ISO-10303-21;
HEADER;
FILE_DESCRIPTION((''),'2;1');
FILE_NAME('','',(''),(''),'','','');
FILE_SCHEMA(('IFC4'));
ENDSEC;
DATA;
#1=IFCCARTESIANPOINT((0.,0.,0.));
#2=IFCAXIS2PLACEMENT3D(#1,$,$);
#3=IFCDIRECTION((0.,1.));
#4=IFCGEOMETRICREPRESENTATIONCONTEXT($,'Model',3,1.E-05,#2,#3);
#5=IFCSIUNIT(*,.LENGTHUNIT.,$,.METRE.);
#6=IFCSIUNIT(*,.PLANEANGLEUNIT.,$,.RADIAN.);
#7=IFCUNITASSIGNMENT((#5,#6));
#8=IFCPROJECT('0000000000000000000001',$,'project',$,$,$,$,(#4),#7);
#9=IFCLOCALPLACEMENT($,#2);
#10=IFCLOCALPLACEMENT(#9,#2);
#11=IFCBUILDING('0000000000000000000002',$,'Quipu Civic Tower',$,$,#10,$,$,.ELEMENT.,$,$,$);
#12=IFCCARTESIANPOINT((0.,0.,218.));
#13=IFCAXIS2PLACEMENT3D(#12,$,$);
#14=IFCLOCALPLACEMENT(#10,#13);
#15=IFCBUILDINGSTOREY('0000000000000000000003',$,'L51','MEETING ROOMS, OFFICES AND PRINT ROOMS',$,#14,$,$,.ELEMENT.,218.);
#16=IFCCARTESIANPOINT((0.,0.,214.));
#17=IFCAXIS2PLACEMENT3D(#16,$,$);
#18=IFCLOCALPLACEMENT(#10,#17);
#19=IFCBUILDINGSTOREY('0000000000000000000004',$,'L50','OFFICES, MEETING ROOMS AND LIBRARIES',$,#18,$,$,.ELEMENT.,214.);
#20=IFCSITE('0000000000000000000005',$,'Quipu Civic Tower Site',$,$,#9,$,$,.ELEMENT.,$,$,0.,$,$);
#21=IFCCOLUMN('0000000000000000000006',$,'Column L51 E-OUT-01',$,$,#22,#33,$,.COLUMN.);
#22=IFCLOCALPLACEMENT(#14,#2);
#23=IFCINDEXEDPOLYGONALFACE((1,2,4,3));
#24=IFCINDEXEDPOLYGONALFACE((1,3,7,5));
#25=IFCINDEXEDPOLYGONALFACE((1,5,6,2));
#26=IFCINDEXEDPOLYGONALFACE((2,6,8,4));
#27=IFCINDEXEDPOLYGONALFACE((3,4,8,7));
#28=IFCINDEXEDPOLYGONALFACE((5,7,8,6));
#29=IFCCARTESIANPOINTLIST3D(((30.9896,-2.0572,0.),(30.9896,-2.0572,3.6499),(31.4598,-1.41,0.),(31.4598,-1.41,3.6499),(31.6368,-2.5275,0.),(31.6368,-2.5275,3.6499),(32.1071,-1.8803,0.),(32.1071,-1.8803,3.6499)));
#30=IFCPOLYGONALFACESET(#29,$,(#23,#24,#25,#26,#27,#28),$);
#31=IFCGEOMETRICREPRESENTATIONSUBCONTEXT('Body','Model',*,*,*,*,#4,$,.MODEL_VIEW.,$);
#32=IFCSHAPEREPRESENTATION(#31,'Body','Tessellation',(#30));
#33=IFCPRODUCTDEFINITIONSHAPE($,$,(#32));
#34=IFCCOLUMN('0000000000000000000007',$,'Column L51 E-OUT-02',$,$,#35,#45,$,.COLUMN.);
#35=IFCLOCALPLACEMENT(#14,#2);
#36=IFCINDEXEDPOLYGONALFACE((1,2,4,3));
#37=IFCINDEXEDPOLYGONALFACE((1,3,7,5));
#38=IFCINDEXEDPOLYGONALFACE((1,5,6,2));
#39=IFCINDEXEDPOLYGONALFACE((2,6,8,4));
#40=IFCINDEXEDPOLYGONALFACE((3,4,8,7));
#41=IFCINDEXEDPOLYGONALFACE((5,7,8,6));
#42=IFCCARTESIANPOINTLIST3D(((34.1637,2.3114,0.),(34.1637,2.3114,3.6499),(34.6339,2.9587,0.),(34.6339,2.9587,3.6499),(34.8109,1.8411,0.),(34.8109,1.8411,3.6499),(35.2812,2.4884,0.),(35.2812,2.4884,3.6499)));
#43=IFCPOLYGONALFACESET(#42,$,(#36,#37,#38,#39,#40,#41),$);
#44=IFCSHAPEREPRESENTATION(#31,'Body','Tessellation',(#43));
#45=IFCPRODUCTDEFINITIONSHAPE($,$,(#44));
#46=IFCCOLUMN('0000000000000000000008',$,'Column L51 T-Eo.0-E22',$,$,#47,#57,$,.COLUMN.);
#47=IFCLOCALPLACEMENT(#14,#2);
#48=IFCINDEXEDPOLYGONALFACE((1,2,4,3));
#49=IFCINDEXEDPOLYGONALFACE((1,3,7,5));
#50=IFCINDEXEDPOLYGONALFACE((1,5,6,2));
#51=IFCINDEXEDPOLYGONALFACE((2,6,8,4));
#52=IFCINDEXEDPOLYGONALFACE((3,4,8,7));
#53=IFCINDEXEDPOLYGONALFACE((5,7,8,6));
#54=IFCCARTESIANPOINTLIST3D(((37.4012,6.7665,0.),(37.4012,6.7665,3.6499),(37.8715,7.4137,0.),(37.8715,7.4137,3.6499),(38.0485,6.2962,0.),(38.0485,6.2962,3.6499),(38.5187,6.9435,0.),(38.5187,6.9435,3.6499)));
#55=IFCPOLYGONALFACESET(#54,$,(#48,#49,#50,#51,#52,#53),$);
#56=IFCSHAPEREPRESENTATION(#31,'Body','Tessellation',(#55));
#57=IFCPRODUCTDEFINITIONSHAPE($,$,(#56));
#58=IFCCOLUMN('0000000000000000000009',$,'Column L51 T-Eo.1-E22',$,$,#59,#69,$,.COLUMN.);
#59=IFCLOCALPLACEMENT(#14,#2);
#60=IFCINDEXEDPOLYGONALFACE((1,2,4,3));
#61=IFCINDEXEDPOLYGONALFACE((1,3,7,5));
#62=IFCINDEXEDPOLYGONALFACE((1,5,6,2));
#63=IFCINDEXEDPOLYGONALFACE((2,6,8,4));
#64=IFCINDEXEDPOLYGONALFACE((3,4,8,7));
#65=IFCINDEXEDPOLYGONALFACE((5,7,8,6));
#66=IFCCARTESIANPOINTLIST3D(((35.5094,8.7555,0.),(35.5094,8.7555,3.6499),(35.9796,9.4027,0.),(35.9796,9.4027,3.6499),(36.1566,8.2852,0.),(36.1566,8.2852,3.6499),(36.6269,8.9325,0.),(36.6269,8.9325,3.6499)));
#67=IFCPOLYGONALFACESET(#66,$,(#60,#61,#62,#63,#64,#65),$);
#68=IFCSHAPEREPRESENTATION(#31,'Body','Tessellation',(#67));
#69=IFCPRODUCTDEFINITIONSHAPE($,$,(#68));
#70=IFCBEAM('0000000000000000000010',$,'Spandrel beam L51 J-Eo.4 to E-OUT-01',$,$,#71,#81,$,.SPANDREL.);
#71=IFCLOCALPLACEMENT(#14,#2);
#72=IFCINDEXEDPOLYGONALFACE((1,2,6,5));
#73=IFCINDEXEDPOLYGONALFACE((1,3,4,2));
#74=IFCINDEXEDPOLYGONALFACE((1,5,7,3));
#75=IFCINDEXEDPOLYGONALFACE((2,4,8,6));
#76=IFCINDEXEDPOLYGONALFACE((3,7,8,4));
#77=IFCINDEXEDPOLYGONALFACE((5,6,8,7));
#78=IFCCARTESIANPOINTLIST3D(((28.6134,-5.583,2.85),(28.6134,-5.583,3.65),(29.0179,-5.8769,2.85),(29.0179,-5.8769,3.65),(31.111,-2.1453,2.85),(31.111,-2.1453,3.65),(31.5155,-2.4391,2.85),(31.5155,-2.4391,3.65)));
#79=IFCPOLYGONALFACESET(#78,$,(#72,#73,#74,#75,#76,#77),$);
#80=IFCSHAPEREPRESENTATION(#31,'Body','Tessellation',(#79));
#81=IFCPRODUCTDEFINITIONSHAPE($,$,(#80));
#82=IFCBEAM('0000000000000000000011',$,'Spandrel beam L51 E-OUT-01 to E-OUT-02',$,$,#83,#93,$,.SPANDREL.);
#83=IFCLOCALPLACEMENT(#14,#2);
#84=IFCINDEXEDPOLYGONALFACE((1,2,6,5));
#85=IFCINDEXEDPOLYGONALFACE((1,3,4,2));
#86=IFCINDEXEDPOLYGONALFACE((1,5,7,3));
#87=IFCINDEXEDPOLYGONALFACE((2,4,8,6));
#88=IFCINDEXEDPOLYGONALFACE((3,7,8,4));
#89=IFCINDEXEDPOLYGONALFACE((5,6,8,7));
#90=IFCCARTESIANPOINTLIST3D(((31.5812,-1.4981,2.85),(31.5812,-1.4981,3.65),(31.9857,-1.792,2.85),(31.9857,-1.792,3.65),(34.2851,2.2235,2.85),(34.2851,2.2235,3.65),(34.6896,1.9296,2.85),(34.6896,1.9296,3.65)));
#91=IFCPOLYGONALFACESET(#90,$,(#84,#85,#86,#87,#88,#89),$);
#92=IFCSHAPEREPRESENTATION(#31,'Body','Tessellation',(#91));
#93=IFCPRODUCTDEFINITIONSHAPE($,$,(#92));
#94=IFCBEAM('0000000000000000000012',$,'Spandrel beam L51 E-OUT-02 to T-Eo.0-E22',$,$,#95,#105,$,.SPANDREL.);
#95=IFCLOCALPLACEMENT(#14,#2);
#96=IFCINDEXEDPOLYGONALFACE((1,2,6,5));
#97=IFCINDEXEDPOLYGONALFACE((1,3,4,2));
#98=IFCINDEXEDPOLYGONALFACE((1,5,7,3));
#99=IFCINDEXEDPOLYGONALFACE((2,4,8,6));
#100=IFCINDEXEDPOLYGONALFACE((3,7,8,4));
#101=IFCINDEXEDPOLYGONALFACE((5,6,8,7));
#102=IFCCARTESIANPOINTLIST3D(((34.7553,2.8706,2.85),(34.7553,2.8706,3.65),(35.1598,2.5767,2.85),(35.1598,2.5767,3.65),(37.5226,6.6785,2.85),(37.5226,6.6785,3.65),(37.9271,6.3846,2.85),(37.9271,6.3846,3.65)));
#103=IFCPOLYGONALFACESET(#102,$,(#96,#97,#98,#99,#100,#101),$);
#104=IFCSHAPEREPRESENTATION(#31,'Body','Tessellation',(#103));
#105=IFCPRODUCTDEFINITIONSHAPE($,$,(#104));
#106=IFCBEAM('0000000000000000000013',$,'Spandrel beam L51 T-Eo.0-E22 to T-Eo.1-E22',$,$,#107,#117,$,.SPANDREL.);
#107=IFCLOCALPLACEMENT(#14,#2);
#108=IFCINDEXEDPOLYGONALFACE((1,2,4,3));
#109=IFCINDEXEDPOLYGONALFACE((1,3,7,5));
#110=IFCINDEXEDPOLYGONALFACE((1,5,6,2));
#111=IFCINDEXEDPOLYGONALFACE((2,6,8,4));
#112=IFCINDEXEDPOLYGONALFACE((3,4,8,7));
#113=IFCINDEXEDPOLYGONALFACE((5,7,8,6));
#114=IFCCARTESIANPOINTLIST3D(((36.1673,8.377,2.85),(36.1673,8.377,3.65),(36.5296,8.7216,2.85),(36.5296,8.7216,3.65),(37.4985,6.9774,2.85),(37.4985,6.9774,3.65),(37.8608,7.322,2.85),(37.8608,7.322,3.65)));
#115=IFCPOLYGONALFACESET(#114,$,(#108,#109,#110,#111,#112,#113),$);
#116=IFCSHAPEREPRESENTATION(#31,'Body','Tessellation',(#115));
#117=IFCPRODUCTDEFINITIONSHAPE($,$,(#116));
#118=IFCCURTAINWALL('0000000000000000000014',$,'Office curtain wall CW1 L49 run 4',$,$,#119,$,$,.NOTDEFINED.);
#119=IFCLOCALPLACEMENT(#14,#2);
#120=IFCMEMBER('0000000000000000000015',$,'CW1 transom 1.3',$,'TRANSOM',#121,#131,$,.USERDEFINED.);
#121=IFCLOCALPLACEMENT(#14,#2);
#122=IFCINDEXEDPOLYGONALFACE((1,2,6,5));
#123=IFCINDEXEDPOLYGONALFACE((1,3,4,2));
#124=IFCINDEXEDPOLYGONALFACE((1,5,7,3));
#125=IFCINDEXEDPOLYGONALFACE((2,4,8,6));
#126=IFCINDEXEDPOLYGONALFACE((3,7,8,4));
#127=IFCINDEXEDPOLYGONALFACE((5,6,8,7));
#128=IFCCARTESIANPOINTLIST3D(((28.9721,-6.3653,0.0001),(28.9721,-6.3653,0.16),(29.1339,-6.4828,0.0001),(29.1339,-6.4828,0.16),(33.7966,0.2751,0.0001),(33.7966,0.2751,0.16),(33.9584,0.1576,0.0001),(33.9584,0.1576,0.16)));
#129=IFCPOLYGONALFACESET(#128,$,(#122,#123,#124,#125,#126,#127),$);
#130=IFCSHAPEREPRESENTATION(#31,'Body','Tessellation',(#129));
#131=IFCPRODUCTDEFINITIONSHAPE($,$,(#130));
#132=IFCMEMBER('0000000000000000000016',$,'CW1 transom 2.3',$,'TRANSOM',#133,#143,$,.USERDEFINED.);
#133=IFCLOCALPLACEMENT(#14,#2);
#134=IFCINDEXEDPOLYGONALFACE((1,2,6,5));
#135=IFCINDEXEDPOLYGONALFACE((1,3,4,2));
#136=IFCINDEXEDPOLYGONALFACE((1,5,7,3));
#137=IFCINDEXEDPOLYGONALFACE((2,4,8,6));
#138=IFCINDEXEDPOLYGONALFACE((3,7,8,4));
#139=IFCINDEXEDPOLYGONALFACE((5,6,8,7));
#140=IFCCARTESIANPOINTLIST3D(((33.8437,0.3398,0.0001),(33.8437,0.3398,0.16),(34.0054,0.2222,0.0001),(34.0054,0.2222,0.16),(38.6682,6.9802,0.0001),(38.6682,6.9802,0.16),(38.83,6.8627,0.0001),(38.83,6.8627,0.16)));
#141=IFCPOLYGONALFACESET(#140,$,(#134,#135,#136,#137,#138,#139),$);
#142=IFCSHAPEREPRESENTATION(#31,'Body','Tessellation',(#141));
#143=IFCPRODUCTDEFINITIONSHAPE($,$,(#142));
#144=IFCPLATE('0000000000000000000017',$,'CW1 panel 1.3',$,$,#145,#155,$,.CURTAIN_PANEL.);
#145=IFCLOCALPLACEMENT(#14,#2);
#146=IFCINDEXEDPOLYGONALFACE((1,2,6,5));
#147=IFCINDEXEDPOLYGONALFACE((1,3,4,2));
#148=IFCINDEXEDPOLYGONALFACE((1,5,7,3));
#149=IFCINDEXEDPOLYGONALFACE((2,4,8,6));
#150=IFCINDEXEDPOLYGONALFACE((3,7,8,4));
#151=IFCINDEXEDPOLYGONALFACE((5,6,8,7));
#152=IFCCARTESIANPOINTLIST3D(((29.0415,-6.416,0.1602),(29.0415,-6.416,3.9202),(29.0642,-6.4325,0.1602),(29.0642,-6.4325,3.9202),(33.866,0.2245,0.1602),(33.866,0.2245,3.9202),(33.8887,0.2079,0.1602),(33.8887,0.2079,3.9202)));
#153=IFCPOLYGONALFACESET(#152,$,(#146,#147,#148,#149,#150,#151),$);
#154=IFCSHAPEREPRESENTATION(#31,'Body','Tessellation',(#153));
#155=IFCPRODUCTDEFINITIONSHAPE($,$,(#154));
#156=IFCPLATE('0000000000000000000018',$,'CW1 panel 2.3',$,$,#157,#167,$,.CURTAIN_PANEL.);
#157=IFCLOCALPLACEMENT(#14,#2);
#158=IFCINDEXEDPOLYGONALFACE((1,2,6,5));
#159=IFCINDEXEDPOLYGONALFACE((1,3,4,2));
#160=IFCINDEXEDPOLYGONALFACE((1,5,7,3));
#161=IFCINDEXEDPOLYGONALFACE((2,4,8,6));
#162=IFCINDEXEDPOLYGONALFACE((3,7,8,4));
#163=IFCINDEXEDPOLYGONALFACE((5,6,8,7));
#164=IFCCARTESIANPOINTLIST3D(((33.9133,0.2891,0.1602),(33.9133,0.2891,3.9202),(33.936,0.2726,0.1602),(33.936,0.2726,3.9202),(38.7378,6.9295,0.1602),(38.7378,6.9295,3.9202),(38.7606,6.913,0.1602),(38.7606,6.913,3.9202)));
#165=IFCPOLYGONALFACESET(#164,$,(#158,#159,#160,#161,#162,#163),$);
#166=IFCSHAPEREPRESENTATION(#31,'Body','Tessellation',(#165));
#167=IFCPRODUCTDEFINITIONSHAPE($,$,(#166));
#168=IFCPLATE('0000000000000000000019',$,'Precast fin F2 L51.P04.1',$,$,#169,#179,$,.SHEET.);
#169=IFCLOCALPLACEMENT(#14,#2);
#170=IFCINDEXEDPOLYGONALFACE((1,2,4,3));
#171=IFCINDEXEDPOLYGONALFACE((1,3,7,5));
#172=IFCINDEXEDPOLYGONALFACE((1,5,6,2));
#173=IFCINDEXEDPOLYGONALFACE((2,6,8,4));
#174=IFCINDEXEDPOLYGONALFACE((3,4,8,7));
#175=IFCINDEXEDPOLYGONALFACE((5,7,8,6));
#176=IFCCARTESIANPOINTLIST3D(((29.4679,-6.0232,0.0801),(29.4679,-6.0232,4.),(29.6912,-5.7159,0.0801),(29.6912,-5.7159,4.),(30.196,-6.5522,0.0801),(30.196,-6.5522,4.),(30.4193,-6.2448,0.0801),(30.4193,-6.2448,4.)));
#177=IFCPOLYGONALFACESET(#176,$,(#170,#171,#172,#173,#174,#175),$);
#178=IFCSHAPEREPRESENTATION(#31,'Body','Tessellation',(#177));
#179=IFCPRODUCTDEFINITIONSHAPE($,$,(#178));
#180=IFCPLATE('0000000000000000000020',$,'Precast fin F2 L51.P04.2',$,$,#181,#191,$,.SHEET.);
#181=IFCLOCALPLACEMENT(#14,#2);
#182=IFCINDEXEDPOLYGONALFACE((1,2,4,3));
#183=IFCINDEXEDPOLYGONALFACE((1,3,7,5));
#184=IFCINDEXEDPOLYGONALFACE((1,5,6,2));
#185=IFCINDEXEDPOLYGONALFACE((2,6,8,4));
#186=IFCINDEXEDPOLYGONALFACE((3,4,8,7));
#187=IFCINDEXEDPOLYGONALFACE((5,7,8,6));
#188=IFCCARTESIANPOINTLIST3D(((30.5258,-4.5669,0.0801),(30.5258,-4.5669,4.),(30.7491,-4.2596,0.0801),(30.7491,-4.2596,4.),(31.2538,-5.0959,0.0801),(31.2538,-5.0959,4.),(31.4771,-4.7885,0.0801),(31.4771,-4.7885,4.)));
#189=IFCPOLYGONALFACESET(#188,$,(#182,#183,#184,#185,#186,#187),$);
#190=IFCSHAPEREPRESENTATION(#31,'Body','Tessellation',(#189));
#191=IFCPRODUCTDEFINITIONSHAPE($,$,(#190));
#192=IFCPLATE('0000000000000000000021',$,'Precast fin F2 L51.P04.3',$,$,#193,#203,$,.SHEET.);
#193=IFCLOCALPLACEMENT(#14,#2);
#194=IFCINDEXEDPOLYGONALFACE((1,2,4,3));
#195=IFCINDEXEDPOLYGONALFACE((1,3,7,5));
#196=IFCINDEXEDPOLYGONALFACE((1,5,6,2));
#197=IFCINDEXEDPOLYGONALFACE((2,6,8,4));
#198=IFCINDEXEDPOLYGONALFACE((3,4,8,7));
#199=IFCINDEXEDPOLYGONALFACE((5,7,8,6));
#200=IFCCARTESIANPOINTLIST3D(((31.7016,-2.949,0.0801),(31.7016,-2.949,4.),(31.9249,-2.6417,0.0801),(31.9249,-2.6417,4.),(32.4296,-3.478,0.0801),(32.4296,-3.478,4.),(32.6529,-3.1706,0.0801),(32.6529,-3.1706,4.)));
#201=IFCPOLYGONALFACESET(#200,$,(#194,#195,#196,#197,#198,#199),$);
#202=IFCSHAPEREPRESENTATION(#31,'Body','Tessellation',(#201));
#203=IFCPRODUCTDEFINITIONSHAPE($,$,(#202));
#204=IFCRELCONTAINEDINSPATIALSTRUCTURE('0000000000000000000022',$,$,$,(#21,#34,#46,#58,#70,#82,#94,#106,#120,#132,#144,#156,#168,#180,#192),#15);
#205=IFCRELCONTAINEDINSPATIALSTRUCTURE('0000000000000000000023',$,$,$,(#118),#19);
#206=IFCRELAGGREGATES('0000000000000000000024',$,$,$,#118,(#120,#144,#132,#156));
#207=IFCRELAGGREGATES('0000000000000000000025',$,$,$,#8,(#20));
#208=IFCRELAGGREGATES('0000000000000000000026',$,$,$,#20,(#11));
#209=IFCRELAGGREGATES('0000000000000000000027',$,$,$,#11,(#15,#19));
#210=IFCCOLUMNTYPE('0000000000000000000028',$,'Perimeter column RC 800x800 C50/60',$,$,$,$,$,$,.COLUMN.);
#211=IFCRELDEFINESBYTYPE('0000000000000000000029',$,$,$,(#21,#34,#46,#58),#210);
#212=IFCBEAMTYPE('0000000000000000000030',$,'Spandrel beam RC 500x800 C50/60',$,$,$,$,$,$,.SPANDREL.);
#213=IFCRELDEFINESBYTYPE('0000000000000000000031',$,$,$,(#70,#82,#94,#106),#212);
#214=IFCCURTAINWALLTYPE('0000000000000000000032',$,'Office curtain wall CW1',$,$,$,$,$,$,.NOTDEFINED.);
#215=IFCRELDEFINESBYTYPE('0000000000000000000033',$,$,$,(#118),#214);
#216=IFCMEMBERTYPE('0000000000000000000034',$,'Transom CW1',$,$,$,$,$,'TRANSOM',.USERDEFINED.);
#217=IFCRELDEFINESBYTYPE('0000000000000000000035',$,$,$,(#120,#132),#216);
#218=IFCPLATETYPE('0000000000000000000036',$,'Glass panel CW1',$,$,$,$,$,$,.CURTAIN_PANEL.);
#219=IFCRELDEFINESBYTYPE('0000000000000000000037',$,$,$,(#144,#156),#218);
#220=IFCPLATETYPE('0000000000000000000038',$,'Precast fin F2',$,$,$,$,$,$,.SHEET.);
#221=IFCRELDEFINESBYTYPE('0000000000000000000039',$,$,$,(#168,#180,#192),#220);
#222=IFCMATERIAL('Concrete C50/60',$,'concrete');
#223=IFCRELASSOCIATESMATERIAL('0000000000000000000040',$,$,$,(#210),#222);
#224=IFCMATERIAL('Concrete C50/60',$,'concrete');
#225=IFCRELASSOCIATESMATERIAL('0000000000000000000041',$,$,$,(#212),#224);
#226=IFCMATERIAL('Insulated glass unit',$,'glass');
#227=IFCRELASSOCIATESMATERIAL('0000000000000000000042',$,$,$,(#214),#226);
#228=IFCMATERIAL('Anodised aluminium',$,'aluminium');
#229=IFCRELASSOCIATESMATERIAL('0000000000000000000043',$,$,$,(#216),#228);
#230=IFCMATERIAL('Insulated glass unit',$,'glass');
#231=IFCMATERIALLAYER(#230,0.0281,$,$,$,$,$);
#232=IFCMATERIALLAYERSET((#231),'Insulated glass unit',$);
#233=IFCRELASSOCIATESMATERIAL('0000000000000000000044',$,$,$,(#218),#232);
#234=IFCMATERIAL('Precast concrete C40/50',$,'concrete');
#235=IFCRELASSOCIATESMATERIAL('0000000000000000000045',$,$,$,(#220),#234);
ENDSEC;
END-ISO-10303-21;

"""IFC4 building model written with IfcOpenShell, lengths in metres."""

from ifc_helpers import new_model, si_unit, direction, frame, origin, origin_2d, place, context, subcontext, project, spatial, rectangle, extrude, material, layer, layer_set, material_profile, profile_set, type_object, element, aggregate, save


model = new_model("IFC4")

# Units and contexts
model_context = context("Model", 3, precision=1e-05, world=origin(), true_north=direction((0.0, 1.0)))
body_context = subcontext(model_context, "Body", "Model", "MODEL_VIEW")
ifc_project = project(units=[si_unit("LENGTHUNIT", "METRE"), si_unit("PLANEANGLEUNIT", "RADIAN")], contexts=[model_context])

# Site, building, storey
site_placement = place(None, origin())
site = spatial("IfcSite", under=ifc_project, at=site_placement, Name="Quipu Civic Tower Site", CompositionType="ELEMENT", RefElevation=0.0)
building_placement = place(site_placement, origin())
building = spatial("IfcBuilding", under=site, at=building_placement, Name="Quipu Civic Tower", CompositionType="ELEMENT")
storey_1_placement = place(building_placement, frame((0.0, 0.0, 218.0)))
storey_1 = spatial("IfcBuildingStorey", under=building, at=storey_1_placement, Name="L51", Description="MEETING ROOMS, OFFICES AND PRINT ROOMS", CompositionType="ELEMENT", Elevation=218.0)

# Columns
ifc_material_1 = material(Name="Concrete C50/60", Category="concrete")
ifc_material_profile_1 = material_profile(ifc_material_1, rectangle(XDim=0.8, YDim=0.8, at=origin_2d()), Name="RC800x800")
ifc_profile_set_1 = profile_set([ifc_material_profile_1], Name="Concrete C50/60")
column_type = type_object("IfcColumnType", Name="Perimeter column RC 800x800 C50/60", PredefinedType="COLUMN", material=ifc_profile_set_1)
for number, where, z_axis, x_axis, name in (
    (1, (31.5483, -1.9688, 0.0), (0.0, 0.0, 1.0), (0.587785, 0.809017, 0.0), "Column L51 E-OUT-01"),
    (2, (34.7224, 2.3999, 0.0), (0.0, 0.0, 1.0), (0.587785, 0.809017, 0.0), "Column L51 E-OUT-02"),
    (3, (37.96, 6.855, 0.0), (0.0, 0.0, 1.0), (0.587785, 0.809017, 0.0), "Column L51 T-Eo.0-E22"),
    (4, (36.0681, 8.844, 0.0), (0.0, 0.0, 1.0), (0.587785, 0.809017, 0.0), "Column L51 T-Eo.1-E22"),
):
    element("IfcColumn", number, at=place(storey_1_placement, frame(where, z_axis=z_axis, x_axis=x_axis)), inside=storey_1, type_object=column_type, Name=name, PredefinedType="COLUMN", context=body_context, shape_type="SweptSolid", body=[
        extrude(rectangle(XDim=0.8, YDim=0.8, at=origin_2d()), origin(), (0.0, 0.0, 1.0), 3.6499),
    ])

# Beams
ifc_material_2 = material(Name="Concrete C50/60", Category="concrete")
ifc_material_profile_2 = material_profile(ifc_material_2, rectangle(XDim=0.5, YDim=0.8, at=origin_2d()), Name="RC500x800")
ifc_profile_set_2 = profile_set([ifc_material_profile_2], Name="Concrete C50/60")
beam_type = type_object("IfcBeamType", Name="Spandrel beam RC 500x800 C50/60", PredefinedType="SPANDREL", material=ifc_profile_set_2)
beam_1_placement = place(storey_1_placement, frame((28.8157, -5.73, 3.25), z_axis=(0.587769, 0.809029, 0.0), x_axis=(-0.809029, 0.587769, 0.0)))
element("IfcBeam", 5, at=beam_1_placement, inside=storey_1, type_object=beam_type, Name="Spandrel beam L51 J-Eo.4 to E-OUT-01", PredefinedType="SPANDREL", context=body_context, shape_type="SweptSolid", body=[
    extrude(rectangle(XDim=0.5, YDim=0.8, at=origin_2d()), origin(), (0.0, 0.0, 1.0), 4.2493),
])
beam_2_placement = place(storey_1_placement, frame((31.7834, -1.645, 3.25), z_axis=(0.587796, 0.809009, 0.0), x_axis=(-0.809009, 0.587796, 0.0)))
element("IfcBeam", 6, at=beam_2_placement, inside=storey_1, type_object=beam_type, Name="Spandrel beam L51 E-OUT-01 to E-OUT-02", PredefinedType="SPANDREL", context=body_context, shape_type="SweptSolid", body=[
    extrude(rectangle(XDim=0.5, YDim=0.8, at=origin_2d()), origin(), (0.0, 0.0, 1.0), 4.6001),
])
beam_3_placement = place(storey_1_placement, frame((34.9575, 2.7236, 3.25), z_axis=(0.587891, 0.80894, 0.0), x_axis=(-0.80894, 0.587891, 0.0)))
element("IfcBeam", 7, at=beam_3_placement, inside=storey_1, type_object=beam_type, Name="Spandrel beam L51 E-OUT-02 to T-Eo.0-E22", PredefinedType="SPANDREL", context=body_context, shape_type="SweptSolid", body=[
    extrude(rectangle(XDim=0.5, YDim=0.8, at=origin_2d()), origin(), (0.0, 0.0, 1.0), 4.7073),
])
beam_4_placement = place(storey_1_placement, frame((37.6797, 7.1497, 3.25), z_axis=(-0.689191, 0.72458, 0.0), x_axis=(-0.72458, -0.689191, 0.0)))
element("IfcBeam", 8, at=beam_4_placement, inside=storey_1, type_object=beam_type, Name="Spandrel beam L51 T-Eo.0-E22 to T-Eo.1-E22", PredefinedType="SPANDREL", context=body_context, shape_type="SweptSolid", body=[
    extrude(rectangle(XDim=0.5, YDim=0.8, at=origin_2d()), origin(), (0.0, 0.0, 1.0), 1.9316),
])

# Shared definitions
storey_2_placement = place(building_placement, frame((0.0, 0.0, 214.0)))
storey_2 = spatial("IfcBuildingStorey", under=building, at=storey_2_placement, Name="L50", Description="OFFICES, MEETING ROOMS AND LIBRARIES", CompositionType="ELEMENT", Elevation=214.0)

# Curtain wall, members, plates
ifc_material_3 = material(Name="Insulated glass unit", Category="glass")
curtain_wall_type = type_object("IfcCurtainWallType", Name="Office curtain wall CW1", PredefinedType="NOTDEFINED", material=ifc_material_3)
curtain_wall_placement = place(storey_2_placement, origin())
curtain_wall = element("IfcCurtainWall", 9, at=curtain_wall_placement, inside=storey_2, type_object=curtain_wall_type, Name="Office curtain wall CW1 L49 run 4", PredefinedType="NOTDEFINED")
ifc_material_4 = material(Name="Anodised aluminium", Category="aluminium")
ifc_material_profile_3 = material_profile(ifc_material_4, rectangle(XDim=0.2, YDim=0.1599, at=origin_2d()), Name="RECT 200x160")
ifc_profile_set_3 = profile_set([ifc_material_profile_3], Name="Anodised aluminium")
member_type = type_object("IfcMemberType", Name="Transom CW1", ElementType="TRANSOM", PredefinedType="USERDEFINED", material=ifc_profile_set_3)
member_1_placement = place(storey_1_placement, frame((29.053, -6.4241, 0.0801), z_axis=(0.587781, 0.80902, 0.0), x_axis=(-0.80902, 0.587781, 0.0)))
member_1 = element("IfcMember", 10, at=member_1_placement, inside=storey_1, type_object=member_type, Name="CW1 transom 1.3", ObjectType="TRANSOM", PredefinedType="USERDEFINED", context=body_context, shape_type="SweptSolid", body=[
    extrude(rectangle(XDim=0.2, YDim=0.1599, at=origin_2d()), origin(), (0.0, 0.0, 1.0), 8.208),
])
member_2_placement = place(storey_1_placement, frame((33.9246, 0.281, 0.0801), z_axis=(0.587781, 0.80902, 0.0), x_axis=(-0.80902, 0.587781, 0.0)))
member_2 = element("IfcMember", 11, at=member_2_placement, inside=storey_1, type_object=member_type, Name="CW1 transom 2.3", ObjectType="TRANSOM", PredefinedType="USERDEFINED", context=body_context, shape_type="SweptSolid", body=[
    extrude(rectangle(XDim=0.2, YDim=0.1599, at=origin_2d()), origin(), (0.0, 0.0, 1.0), 8.208),
])
ifc_material_5 = material(Name="Insulated glass unit", Category="glass")
ifc_layer = layer(ifc_material_5, 0.0281)
ifc_layer_set = layer_set([ifc_layer], Name="Insulated glass unit")
plate_type_1 = type_object("IfcPlateType", Name="Glass panel CW1", PredefinedType="CURTAIN_PANEL", material=ifc_layer_set)
plate_1_placement = place(storey_1_placement, frame((31.4651, -3.104, 0.1602), z_axis=(0.0, 0.0, 1.0), x_axis=(0.587787, 0.809016, 0.0)))
plate_1 = element("IfcPlate", 12, at=plate_1_placement, inside=storey_1, type_object=plate_type_1, Name="CW1 panel 1.3", PredefinedType="CURTAIN_PANEL", context=body_context, shape_type="SweptSolid", body=[
    extrude(rectangle(XDim=8.208, YDim=0.0281, at=origin_2d()), origin(), (0.0, 0.0, 1.0), 3.76),
])
plate_2_placement = place(storey_1_placement, frame((36.3369, 3.6011, 0.1602), z_axis=(0.0, 0.0, 1.0), x_axis=(0.587787, 0.809016, 0.0)))
plate_2 = element("IfcPlate", 13, at=plate_2_placement, inside=storey_1, type_object=plate_type_1, Name="CW1 panel 2.3", PredefinedType="CURTAIN_PANEL", context=body_context, shape_type="SweptSolid", body=[
    extrude(rectangle(XDim=8.208, YDim=0.0281, at=origin_2d()), origin(), (0.0, 0.0, 1.0), 3.76),
])
aggregate(curtain_wall, [member_1, plate_1, member_2, plate_2])

# Plates
ifc_material_6 = material(Name="Precast concrete C40/50", Category="concrete")
plate_type_2 = type_object("IfcPlateType", Name="Precast fin F2", PredefinedType="SHEET", material=ifc_material_6)
for number, where, z_axis, x_axis, name in (
    (14, (29.9436, -6.134, 0.0801), (0.0, 0.0, 1.0), (0.587787, 0.809016, 0.0), "Precast fin F2 L51.P04.1"),
    (15, (31.0015, -4.6777, 0.0801), (0.0, 0.0, 1.0), (0.587787, 0.809016, 0.0), "Precast fin F2 L51.P04.2"),
    (16, (32.1772, -3.0598, 0.0801), (0.0, 0.0, 1.0), (0.587787, 0.809016, 0.0), "Precast fin F2 L51.P04.3"),
):
    element("IfcPlate", number, at=place(storey_1_placement, frame(where, z_axis=z_axis, x_axis=x_axis)), inside=storey_1, type_object=plate_type_2, Name=name, PredefinedType="SHEET", context=body_context, shape_type="SweptSolid", body=[
        extrude(rectangle(XDim=0.3799, YDim=0.8999, at=origin_2d()), origin(), (0.0, 0.0, 1.0), 3.9199),
    ])

save(model, "model.ifc")
